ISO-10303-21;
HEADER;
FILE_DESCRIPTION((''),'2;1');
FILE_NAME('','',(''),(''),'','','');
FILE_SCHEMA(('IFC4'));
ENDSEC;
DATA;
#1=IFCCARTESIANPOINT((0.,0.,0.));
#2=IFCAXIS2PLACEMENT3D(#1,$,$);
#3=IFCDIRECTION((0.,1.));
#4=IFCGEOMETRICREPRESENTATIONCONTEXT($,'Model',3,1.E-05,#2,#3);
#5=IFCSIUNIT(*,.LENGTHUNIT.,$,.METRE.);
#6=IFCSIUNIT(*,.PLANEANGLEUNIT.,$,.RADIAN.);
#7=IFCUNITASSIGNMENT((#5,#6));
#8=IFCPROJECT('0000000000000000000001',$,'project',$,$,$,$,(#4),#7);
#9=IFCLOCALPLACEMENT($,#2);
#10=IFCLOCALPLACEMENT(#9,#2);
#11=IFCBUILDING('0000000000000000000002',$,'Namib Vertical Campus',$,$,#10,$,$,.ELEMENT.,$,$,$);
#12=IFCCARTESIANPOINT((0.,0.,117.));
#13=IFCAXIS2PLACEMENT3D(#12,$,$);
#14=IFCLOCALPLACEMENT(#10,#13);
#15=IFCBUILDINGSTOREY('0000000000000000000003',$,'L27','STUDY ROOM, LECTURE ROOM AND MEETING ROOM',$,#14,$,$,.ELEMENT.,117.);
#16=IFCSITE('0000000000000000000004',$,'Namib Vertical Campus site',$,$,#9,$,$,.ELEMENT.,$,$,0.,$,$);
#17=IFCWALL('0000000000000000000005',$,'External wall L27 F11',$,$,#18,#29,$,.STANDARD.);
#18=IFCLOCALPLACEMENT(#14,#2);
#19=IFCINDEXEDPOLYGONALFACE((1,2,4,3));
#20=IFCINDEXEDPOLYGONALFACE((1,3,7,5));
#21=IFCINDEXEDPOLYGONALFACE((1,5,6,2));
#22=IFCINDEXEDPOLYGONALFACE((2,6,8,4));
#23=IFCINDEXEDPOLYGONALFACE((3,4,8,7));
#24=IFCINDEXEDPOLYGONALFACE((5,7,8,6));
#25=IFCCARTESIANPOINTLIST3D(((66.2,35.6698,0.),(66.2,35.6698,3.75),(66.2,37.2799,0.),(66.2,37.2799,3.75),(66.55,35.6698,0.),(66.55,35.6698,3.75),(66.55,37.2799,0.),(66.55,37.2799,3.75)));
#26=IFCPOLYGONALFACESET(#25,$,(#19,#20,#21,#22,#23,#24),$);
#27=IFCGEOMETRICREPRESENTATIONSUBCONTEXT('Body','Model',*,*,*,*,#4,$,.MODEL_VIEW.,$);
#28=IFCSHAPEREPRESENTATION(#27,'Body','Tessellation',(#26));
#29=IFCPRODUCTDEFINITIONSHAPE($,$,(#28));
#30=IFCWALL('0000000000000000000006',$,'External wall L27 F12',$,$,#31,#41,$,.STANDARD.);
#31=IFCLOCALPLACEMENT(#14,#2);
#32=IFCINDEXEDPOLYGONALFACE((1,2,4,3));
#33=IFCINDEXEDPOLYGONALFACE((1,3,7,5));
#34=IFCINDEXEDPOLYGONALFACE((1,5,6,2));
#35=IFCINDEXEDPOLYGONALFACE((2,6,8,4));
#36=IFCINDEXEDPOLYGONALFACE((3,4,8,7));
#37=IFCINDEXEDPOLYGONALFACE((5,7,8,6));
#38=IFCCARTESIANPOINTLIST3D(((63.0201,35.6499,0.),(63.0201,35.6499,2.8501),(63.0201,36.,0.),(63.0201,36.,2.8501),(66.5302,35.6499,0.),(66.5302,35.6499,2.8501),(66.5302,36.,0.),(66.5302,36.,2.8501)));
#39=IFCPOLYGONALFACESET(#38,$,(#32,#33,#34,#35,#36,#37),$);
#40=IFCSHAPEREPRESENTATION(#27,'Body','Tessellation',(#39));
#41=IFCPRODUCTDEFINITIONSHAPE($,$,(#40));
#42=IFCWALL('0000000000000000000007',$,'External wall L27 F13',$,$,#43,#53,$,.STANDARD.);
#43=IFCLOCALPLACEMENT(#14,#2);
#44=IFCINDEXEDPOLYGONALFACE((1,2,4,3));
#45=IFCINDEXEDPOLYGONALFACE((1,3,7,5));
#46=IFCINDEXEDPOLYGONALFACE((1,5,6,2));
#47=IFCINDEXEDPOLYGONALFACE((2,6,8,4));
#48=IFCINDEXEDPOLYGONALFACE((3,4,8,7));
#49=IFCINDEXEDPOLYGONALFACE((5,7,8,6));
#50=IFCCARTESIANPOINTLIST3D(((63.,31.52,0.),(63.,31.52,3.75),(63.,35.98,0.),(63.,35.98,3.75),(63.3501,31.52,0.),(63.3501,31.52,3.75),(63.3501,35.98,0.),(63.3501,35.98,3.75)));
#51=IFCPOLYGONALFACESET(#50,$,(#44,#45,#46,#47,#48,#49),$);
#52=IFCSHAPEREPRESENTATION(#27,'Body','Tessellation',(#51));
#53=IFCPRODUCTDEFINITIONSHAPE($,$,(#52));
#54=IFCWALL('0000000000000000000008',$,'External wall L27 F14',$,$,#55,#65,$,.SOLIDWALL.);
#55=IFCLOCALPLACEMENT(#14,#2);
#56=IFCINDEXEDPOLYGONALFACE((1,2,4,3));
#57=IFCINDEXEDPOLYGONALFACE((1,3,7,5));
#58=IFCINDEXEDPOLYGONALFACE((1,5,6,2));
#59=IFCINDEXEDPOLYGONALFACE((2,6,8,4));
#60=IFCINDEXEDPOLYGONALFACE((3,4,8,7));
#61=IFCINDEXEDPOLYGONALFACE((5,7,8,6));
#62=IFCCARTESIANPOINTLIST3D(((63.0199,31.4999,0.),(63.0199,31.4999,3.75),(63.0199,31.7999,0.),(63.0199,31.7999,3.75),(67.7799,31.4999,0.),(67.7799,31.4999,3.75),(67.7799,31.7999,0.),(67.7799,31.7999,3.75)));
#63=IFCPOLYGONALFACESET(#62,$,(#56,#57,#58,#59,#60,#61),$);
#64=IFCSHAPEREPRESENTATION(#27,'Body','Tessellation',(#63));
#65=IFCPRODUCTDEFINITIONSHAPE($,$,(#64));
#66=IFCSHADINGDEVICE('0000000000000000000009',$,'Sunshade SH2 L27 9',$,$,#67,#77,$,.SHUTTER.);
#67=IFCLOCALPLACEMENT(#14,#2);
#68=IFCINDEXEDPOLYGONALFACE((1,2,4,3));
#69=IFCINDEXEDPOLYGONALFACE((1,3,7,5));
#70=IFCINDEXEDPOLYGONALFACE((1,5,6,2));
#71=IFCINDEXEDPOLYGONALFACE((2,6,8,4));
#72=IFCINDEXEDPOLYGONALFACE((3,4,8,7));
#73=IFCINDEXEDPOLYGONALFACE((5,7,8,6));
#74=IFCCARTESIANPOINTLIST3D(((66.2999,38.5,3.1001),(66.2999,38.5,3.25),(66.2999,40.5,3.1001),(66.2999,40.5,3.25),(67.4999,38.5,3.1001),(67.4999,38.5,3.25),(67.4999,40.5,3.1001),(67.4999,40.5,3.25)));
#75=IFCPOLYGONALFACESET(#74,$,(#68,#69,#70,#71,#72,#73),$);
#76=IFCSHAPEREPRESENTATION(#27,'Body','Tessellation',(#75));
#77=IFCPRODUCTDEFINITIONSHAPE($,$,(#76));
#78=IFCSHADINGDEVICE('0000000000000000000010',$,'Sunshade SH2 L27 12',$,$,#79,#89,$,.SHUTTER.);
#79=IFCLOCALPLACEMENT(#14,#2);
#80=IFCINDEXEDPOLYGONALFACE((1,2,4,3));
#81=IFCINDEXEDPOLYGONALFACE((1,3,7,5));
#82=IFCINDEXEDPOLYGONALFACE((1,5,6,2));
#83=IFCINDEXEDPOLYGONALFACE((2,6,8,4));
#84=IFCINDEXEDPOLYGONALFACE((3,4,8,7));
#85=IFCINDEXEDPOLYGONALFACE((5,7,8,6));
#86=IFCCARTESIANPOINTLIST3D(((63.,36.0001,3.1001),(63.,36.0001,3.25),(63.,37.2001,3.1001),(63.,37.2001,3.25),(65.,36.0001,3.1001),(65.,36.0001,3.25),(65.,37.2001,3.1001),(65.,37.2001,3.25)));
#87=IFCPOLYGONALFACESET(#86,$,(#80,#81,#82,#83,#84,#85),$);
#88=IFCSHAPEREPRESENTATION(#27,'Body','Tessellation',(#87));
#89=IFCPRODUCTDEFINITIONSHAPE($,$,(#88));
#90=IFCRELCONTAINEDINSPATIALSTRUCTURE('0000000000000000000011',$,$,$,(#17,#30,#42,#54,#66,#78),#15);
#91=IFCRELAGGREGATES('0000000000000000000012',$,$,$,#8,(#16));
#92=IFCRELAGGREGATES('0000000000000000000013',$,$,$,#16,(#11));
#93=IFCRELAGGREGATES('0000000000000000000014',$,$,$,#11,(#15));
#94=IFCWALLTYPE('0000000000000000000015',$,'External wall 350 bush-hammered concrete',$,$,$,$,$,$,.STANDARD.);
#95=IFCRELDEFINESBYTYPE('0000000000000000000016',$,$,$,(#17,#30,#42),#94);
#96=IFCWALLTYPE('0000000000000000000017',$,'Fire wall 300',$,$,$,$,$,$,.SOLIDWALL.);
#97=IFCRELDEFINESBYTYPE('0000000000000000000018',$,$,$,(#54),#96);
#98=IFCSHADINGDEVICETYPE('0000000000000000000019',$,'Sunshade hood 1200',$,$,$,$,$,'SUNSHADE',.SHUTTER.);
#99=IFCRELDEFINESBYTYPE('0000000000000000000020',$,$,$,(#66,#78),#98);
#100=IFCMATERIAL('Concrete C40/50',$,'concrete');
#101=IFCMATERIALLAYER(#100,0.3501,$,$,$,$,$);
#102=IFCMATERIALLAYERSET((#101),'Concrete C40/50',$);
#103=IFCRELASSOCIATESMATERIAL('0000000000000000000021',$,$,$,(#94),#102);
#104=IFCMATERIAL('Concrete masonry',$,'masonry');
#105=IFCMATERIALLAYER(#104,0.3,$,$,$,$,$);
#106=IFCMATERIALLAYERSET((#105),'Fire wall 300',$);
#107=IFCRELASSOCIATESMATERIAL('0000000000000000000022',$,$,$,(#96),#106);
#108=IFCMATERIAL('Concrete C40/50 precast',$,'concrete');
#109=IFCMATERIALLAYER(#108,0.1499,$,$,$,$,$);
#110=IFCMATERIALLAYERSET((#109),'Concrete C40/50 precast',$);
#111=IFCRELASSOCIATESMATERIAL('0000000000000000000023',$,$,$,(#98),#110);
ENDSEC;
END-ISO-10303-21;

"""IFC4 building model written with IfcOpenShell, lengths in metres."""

from ifc_helpers import new_model, si_unit, direction, frame, frame_2d, origin, origin_2d, place, context, subcontext, project, spatial, rectangle, extrude, material, layer, layer_set, type_object, element, save


model = new_model("IFC4")

# Units and contexts
model_context = context("Model", 3, precision=1e-05, world=origin(), true_north=direction((0.0, 1.0)))
body_context = subcontext(model_context, "Body", "Model", "MODEL_VIEW")
ifc_project = project(units=[si_unit("LENGTHUNIT", "METRE"), si_unit("PLANEANGLEUNIT", "RADIAN")], contexts=[model_context])

# Site, building, storey
site_placement = place(None, origin())
site = spatial("IfcSite", under=ifc_project, at=site_placement, Name="Namib Vertical Campus site", CompositionType="ELEMENT", RefElevation=0.0)
building_placement = place(site_placement, origin())
building = spatial("IfcBuilding", under=site, at=building_placement, Name="Namib Vertical Campus", CompositionType="ELEMENT")
storey_placement = place(building_placement, frame((0.0, 0.0, 117.0)))
storey = spatial("IfcBuildingStorey", under=building, at=storey_placement, Name="L27", Description="STUDY ROOM, LECTURE ROOM AND MEETING ROOM", CompositionType="ELEMENT", Elevation=117.0)

# Walls
ifc_material_1 = material(Name="Concrete C40/50", Category="concrete")
ifc_layer_1 = layer(ifc_material_1, 0.3501)
ifc_layer_set_1 = layer_set([ifc_layer_1], Name="Concrete C40/50")
wall_type_1 = type_object("IfcWallType", Name="External wall 350 bush-hammered concrete", PredefinedType="STANDARD", material=ifc_layer_set_1)
wall_1_placement = place(storey_placement, frame((66.375, 37.28, 0.0), z_axis=(0.0, 0.0, 1.0), x_axis=(0.0, -1.0, 0.0)))
element("IfcWall", 1, at=wall_1_placement, inside=storey, type_object=wall_type_1, Name="External wall L27 F11", PredefinedType="STANDARD", context=body_context, shape_type="SweptSolid", body=[
    extrude(rectangle(XDim=1.6101, YDim=0.3501, at=frame_2d((0.8052, 0.0))), origin(), (0.0, 0.0, 1.0), 3.75),
])
wall_2_placement = place(storey_placement, frame((66.53, 35.825, 0.0), z_axis=(0.0, 0.0, 1.0), x_axis=(-1.0, 0.0, 0.0)))
element("IfcWall", 2, at=wall_2_placement, inside=storey, type_object=wall_type_1, Name="External wall L27 F12", PredefinedType="STANDARD", context=body_context, shape_type="SweptSolid", body=[
    extrude(rectangle(XDim=3.51, YDim=0.3501, at=frame_2d((1.7549, 0.0))), origin(), (0.0, 0.0, 1.0), 2.8501),
])
wall_3_placement = place(storey_placement, frame((63.175, 35.98, 0.0), z_axis=(0.0, 0.0, 1.0), x_axis=(0.0, -1.0, 0.0)))
element("IfcWall", 3, at=wall_3_placement, inside=storey, type_object=wall_type_1, Name="External wall L27 F13", PredefinedType="STANDARD", context=body_context, shape_type="SweptSolid", body=[
    extrude(rectangle(XDim=4.46, YDim=0.3501, at=frame_2d((2.23, 0.0))), origin(), (0.0, 0.0, 1.0), 3.75),
])
ifc_material_2 = material(Name="Concrete masonry", Category="masonry")
ifc_layer_2 = layer(ifc_material_2, 0.3)
ifc_layer_set_2 = layer_set([ifc_layer_2], Name="Fire wall 300")
wall_type_2 = type_object("IfcWallType", Name="Fire wall 300", PredefinedType="SOLIDWALL", material=ifc_layer_set_2)
wall_4_placement = place(storey_placement, frame((63.02, 31.6499, 0.0), z_axis=(0.0, 0.0, 1.0), x_axis=(1.0, 0.0, 0.0)))
element("IfcWall", 4, at=wall_4_placement, inside=storey, type_object=wall_type_2, Name="External wall L27 F14", PredefinedType="SOLIDWALL", context=body_context, shape_type="SweptSolid", body=[
    extrude(rectangle(XDim=4.76, YDim=0.3, at=frame_2d((2.3799, 0.0))), origin(), (0.0, 0.0, 1.0), 3.75),
])

# Shading devices
ifc_material_3 = material(Name="Concrete C40/50 precast", Category="concrete")
ifc_layer_3 = layer(ifc_material_3, 0.1499)
ifc_layer_set_3 = layer_set([ifc_layer_3], Name="Concrete C40/50 precast")
shading_device_type = type_object("IfcShadingDeviceType", Name="Sunshade hood 1200", ElementType="SUNSHADE", PredefinedType="SHUTTER", material=ifc_layer_set_3)
for number, where, z_axis, x_axis, name in (
    (5, (66.8999, 39.5, 3.1001), (0.0, 0.0, 1.0), (0.0, -1.0, 0.0), "Sunshade SH2 L27 9"),
    (6, (64.0, 36.6001, 3.1001), (0.0, 0.0, 1.0), (-1.0, 0.0, 0.0), "Sunshade SH2 L27 12"),
):
    element("IfcShadingDevice", number, at=place(storey_placement, frame(where, z_axis=z_axis, x_axis=x_axis)), inside=storey, type_object=shading_device_type, Name=name, PredefinedType="SHUTTER", context=body_context, shape_type="SweptSolid", body=[
        extrude(rectangle(XDim=2.0, YDim=1.2, at=origin_2d()), origin(), (0.0, 0.0, 1.0), 0.1499),
    ])

save(model, "model.ifc")
